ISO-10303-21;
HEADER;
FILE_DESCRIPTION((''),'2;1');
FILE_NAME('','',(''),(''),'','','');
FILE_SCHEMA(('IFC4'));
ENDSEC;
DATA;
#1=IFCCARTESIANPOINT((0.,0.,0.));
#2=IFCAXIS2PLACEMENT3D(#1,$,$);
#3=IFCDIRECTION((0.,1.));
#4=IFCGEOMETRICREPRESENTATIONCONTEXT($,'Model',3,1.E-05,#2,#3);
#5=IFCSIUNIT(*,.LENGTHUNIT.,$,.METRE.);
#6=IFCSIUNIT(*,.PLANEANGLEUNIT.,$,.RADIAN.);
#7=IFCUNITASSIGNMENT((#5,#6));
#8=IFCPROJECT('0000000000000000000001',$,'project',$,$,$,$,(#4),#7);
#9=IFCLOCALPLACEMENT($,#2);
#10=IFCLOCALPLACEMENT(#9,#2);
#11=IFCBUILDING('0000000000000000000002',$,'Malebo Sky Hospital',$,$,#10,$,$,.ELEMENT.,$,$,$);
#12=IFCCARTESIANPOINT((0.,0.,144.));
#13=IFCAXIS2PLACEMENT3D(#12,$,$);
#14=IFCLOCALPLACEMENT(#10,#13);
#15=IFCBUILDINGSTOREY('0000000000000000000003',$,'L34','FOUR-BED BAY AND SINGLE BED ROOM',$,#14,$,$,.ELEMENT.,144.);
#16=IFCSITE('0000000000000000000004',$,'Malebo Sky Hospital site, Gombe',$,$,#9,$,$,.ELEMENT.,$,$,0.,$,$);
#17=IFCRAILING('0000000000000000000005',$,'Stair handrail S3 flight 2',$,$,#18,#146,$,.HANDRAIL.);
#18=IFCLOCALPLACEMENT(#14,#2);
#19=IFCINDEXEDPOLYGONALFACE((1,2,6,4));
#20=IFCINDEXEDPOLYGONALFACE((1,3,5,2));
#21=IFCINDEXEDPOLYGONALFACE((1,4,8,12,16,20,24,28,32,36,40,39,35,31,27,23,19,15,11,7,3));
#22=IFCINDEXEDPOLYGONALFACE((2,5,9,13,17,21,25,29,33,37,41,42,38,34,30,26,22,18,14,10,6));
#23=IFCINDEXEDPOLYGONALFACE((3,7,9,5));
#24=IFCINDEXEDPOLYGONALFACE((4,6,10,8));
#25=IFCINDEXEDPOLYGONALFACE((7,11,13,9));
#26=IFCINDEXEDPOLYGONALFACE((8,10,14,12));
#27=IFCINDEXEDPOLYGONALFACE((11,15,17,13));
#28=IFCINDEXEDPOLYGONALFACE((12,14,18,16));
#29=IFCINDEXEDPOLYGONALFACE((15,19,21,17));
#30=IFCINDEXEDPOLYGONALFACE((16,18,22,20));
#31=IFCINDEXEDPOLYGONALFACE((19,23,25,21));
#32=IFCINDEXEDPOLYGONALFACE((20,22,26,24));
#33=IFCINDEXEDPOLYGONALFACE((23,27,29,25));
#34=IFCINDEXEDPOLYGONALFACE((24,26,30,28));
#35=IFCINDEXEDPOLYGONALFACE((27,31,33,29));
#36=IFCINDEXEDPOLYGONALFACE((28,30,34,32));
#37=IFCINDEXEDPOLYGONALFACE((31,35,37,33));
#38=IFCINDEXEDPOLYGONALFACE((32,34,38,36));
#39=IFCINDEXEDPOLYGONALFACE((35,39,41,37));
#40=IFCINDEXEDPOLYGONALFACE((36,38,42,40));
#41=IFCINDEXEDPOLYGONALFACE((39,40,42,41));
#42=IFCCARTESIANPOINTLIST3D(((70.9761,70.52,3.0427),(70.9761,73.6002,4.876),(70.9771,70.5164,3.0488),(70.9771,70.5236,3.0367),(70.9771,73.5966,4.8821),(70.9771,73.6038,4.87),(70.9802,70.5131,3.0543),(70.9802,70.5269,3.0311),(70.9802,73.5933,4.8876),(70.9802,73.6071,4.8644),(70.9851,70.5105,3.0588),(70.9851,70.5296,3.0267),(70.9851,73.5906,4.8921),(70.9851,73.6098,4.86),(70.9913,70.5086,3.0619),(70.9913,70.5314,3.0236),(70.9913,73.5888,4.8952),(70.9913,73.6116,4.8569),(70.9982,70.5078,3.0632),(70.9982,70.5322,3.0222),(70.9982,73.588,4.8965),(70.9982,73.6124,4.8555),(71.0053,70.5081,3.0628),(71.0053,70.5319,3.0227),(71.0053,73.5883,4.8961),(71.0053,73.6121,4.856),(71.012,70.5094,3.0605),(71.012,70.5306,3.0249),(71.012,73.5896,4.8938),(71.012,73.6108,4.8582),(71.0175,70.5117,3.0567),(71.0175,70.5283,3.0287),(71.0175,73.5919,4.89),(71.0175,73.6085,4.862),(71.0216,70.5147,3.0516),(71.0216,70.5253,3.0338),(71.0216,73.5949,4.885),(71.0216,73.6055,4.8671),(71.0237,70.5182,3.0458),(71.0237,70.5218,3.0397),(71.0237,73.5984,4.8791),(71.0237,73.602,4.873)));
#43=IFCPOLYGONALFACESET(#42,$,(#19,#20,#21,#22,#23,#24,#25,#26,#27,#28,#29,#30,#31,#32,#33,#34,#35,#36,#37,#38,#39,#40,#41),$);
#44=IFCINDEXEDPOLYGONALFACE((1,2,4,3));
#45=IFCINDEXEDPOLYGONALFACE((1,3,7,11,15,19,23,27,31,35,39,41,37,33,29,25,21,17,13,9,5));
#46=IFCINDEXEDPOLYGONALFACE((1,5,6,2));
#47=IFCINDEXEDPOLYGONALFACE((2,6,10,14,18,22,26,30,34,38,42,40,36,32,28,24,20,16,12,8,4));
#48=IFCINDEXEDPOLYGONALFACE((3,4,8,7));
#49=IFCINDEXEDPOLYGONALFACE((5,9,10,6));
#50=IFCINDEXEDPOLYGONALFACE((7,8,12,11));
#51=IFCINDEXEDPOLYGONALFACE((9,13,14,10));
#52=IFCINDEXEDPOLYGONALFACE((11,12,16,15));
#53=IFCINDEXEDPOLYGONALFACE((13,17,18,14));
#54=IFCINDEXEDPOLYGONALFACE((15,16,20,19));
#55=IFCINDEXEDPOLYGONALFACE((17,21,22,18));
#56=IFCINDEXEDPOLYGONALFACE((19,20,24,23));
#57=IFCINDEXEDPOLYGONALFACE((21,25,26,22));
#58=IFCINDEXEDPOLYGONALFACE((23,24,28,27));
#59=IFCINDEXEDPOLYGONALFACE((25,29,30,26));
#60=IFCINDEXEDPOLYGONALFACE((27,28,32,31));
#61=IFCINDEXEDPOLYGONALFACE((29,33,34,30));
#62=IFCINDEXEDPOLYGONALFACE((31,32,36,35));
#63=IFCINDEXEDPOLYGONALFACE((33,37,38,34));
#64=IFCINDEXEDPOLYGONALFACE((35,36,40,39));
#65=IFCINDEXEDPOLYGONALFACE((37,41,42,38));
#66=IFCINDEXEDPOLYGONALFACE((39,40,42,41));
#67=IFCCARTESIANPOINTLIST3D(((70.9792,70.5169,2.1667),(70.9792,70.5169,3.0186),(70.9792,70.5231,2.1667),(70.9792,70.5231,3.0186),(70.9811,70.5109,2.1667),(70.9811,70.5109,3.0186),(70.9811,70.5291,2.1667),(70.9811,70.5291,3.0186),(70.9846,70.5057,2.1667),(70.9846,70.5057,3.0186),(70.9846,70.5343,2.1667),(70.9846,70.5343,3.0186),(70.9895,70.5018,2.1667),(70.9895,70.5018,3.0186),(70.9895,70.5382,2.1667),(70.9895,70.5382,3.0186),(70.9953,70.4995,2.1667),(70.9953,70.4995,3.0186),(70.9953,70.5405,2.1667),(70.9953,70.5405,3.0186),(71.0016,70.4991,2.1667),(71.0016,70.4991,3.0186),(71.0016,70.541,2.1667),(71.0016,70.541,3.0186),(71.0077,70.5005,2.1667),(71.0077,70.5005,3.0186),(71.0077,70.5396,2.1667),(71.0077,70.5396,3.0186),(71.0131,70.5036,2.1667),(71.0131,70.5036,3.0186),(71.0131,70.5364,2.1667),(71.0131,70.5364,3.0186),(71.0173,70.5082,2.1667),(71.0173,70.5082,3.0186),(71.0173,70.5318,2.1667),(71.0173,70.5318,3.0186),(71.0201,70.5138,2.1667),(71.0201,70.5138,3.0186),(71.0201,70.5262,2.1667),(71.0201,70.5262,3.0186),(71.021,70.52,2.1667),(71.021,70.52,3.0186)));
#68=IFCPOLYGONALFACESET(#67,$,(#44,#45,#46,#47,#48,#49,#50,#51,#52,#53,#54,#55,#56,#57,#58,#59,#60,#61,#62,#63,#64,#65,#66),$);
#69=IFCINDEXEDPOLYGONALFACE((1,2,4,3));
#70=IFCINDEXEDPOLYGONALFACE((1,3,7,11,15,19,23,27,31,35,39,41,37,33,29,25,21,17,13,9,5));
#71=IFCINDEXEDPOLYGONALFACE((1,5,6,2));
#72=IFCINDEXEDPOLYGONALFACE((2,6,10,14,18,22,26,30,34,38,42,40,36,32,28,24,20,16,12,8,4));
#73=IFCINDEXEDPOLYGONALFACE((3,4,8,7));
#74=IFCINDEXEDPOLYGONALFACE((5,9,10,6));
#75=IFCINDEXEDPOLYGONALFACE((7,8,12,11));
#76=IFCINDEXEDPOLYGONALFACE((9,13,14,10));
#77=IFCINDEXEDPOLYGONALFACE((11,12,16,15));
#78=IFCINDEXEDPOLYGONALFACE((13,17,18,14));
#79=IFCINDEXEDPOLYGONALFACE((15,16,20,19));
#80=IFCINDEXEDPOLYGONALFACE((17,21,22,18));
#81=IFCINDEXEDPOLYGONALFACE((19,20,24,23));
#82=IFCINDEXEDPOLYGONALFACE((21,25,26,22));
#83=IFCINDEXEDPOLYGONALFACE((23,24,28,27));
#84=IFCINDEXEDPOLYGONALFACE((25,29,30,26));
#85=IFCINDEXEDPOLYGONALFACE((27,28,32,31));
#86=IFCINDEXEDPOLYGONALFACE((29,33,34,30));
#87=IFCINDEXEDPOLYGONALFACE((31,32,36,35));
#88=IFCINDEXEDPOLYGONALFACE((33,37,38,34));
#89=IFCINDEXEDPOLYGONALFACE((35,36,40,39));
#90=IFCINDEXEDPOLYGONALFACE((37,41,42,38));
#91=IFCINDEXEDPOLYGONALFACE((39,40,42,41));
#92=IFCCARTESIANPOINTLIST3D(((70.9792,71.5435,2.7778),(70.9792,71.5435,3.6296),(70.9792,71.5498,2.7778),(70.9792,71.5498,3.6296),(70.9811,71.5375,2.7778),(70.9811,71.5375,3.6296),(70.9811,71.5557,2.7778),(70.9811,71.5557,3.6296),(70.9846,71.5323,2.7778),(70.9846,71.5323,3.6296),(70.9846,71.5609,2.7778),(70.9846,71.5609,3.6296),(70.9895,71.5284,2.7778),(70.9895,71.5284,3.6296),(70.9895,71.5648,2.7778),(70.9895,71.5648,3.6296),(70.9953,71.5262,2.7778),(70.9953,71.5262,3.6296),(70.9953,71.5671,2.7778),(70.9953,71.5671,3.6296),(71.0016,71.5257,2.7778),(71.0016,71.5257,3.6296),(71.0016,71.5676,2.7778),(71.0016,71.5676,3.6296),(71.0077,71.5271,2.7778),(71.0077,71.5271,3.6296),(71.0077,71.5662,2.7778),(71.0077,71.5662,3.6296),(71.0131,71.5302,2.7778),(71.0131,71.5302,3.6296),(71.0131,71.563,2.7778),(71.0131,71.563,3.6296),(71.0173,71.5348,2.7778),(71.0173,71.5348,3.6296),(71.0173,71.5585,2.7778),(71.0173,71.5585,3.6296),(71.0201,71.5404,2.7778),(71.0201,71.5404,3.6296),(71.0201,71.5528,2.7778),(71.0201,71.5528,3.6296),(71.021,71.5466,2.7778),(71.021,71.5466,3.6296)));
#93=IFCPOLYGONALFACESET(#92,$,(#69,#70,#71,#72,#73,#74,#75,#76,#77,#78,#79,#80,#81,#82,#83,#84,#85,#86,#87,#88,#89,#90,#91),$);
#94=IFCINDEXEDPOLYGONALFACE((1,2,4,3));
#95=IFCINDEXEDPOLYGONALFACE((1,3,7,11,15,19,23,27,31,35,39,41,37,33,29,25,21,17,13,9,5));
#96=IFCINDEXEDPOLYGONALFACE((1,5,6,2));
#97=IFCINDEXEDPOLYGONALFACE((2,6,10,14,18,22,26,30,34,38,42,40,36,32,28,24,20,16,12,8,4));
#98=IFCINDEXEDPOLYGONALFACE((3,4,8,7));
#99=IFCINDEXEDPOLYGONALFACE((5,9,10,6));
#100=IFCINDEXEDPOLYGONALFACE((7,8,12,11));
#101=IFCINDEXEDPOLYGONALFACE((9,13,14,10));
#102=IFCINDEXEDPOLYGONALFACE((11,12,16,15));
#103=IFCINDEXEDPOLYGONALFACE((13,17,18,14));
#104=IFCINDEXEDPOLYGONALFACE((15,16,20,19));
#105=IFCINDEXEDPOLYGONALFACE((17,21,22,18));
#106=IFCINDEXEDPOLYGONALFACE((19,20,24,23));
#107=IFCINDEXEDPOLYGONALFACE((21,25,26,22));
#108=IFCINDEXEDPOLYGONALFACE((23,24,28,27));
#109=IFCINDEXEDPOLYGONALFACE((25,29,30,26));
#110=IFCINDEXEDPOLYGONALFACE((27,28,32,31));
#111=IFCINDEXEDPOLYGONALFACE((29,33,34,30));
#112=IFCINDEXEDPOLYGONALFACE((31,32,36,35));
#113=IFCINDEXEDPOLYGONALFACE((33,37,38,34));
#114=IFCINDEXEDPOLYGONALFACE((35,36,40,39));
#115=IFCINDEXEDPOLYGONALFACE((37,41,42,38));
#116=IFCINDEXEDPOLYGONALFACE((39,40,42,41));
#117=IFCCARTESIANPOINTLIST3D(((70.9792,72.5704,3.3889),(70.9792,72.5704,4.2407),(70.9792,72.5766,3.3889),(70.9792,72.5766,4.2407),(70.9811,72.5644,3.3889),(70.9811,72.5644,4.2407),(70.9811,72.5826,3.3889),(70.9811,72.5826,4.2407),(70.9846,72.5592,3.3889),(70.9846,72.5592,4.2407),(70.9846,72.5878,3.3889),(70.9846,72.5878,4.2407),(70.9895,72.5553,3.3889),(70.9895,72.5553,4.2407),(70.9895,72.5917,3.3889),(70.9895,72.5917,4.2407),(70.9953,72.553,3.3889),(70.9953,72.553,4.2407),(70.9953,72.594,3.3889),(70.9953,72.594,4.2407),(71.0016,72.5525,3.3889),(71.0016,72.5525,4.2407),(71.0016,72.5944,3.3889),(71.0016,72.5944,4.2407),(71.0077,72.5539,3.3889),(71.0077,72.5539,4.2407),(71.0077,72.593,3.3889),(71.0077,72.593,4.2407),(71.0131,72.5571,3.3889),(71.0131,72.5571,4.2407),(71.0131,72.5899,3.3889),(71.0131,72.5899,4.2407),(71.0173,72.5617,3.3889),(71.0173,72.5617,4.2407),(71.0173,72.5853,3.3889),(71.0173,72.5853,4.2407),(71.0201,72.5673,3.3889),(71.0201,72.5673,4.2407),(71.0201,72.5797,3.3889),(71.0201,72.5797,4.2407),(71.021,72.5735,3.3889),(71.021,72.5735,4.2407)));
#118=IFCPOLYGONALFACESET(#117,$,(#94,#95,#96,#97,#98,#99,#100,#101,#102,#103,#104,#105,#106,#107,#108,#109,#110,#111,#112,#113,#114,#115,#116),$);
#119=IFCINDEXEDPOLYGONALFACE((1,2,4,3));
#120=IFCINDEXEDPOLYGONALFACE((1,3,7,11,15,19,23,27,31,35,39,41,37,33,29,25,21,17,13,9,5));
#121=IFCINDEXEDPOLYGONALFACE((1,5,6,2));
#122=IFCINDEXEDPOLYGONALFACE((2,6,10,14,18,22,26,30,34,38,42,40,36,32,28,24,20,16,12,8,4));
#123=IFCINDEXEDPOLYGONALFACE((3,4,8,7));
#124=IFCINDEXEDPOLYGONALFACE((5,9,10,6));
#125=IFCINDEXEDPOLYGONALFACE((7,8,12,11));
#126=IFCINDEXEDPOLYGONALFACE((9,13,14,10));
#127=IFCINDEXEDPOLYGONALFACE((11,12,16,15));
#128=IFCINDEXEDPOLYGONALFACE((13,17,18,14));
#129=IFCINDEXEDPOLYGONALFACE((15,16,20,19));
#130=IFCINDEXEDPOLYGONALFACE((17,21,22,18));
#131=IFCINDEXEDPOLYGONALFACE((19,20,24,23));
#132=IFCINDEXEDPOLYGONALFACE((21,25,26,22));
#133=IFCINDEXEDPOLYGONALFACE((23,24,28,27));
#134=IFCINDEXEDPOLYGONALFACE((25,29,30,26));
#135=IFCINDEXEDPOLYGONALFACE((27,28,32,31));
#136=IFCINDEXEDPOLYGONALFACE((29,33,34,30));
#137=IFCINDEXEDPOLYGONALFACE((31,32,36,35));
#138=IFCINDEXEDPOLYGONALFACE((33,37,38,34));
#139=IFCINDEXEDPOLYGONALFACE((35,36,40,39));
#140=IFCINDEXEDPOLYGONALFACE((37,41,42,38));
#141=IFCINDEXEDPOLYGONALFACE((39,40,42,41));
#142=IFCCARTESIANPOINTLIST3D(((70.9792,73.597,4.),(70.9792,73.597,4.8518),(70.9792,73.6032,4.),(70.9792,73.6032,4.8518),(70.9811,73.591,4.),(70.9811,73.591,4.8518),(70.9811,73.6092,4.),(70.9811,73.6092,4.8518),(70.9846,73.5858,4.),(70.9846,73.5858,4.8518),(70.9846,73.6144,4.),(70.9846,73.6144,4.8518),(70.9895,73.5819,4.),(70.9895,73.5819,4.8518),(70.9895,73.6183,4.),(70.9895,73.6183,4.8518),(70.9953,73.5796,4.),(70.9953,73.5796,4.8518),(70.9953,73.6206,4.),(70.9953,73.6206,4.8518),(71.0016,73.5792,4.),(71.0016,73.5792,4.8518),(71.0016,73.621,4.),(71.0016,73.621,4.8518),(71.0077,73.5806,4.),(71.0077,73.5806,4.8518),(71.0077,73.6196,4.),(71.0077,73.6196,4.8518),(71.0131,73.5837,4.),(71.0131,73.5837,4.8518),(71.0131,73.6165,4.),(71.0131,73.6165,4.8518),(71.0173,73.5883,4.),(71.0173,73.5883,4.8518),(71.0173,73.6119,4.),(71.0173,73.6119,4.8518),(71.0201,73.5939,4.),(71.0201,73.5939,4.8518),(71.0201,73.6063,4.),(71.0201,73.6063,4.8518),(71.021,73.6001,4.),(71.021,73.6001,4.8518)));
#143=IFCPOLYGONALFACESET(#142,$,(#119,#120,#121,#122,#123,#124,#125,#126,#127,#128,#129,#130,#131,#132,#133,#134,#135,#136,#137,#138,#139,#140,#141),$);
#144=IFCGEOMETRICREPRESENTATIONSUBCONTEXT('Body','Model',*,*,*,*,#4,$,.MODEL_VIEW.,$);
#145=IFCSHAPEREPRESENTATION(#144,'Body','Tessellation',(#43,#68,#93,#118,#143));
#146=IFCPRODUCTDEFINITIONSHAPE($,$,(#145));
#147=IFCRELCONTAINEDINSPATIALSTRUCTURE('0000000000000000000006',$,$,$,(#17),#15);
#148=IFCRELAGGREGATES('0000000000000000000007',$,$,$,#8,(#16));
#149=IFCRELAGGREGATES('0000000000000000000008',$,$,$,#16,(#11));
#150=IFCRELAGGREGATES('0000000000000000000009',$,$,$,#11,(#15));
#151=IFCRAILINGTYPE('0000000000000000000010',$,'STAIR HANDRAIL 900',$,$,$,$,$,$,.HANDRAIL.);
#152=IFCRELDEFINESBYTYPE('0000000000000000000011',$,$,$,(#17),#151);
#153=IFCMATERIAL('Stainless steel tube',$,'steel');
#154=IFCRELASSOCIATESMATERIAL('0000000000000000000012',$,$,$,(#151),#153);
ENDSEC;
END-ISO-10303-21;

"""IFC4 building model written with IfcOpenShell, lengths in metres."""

from ifc_helpers import new_model, si_unit, direction, frame, origin, origin_2d, place, context, subcontext, project, spatial, circle, extrude, material, type_object, element, save


model = new_model("IFC4")

# Units and contexts
model_context = context("Model", 3, precision=1e-05, world=origin(), true_north=direction((0.0, 1.0)))
body_context = subcontext(model_context, "Body", "Model", "MODEL_VIEW")
ifc_project = project(units=[si_unit("LENGTHUNIT", "METRE"), si_unit("PLANEANGLEUNIT", "RADIAN")], contexts=[model_context])

# Site, building, storey
site_placement = place(None, origin())
site = spatial("IfcSite", under=ifc_project, at=site_placement, Name="Malebo Sky Hospital site, Gombe", CompositionType="ELEMENT", RefElevation=0.0)
building_placement = place(site_placement, origin())
building = spatial("IfcBuilding", under=site, at=building_placement, Name="Malebo Sky Hospital", CompositionType="ELEMENT")
storey_placement = place(building_placement, frame((0.0, 0.0, 144.0)))
storey = spatial("IfcBuildingStorey", under=building, at=storey_placement, Name="L34", Description="FOUR-BED BAY AND SINGLE BED ROOM", CompositionType="ELEMENT", Elevation=144.0)

# Railing
ifc_material_1 = material(Name="Stainless steel tube", Category="steel")
railing_type = type_object("IfcRailingType", Name="STAIR HANDRAIL 900", PredefinedType="HANDRAIL", material=ifc_material_1)
railing_1_placement = place(storey_placement, frame((71.0, 70.52, 2.1667)))
element("IfcRailing", 1, at=railing_1_placement, inside=storey, type_object=railing_type, Name="Stair handrail S3 flight 2", PredefinedType="HANDRAIL", context=body_context, shape_type="SweptSolid", body=[
    extrude(circle(Radius=0.0239, at=origin_2d()), frame((0.0, 0.0, 0.876), z_axis=(0.0, 0.859309, 0.511458), x_axis=(-1.0, 0.0, 0.0)), (0.0, 0.0, 1.0), 3.5845),
    extrude(circle(Radius=0.021, at=origin_2d()), origin(), (0.0, 0.0, 1.0), 0.8518),
    extrude(circle(Radius=0.021, at=origin_2d()), frame((0.0, 1.0266, 0.6111)), (0.0, 0.0, 1.0), 0.8518),
    extrude(circle(Radius=0.021, at=origin_2d()), frame((0.0, 2.0535, 1.2222)), (0.0, 0.0, 1.0), 0.8518),
    extrude(circle(Radius=0.021, at=origin_2d()), frame((0.0, 3.0801, 1.8333)), (0.0, 0.0, 1.0), 0.8518),
])

save(model, "model.ifc")
